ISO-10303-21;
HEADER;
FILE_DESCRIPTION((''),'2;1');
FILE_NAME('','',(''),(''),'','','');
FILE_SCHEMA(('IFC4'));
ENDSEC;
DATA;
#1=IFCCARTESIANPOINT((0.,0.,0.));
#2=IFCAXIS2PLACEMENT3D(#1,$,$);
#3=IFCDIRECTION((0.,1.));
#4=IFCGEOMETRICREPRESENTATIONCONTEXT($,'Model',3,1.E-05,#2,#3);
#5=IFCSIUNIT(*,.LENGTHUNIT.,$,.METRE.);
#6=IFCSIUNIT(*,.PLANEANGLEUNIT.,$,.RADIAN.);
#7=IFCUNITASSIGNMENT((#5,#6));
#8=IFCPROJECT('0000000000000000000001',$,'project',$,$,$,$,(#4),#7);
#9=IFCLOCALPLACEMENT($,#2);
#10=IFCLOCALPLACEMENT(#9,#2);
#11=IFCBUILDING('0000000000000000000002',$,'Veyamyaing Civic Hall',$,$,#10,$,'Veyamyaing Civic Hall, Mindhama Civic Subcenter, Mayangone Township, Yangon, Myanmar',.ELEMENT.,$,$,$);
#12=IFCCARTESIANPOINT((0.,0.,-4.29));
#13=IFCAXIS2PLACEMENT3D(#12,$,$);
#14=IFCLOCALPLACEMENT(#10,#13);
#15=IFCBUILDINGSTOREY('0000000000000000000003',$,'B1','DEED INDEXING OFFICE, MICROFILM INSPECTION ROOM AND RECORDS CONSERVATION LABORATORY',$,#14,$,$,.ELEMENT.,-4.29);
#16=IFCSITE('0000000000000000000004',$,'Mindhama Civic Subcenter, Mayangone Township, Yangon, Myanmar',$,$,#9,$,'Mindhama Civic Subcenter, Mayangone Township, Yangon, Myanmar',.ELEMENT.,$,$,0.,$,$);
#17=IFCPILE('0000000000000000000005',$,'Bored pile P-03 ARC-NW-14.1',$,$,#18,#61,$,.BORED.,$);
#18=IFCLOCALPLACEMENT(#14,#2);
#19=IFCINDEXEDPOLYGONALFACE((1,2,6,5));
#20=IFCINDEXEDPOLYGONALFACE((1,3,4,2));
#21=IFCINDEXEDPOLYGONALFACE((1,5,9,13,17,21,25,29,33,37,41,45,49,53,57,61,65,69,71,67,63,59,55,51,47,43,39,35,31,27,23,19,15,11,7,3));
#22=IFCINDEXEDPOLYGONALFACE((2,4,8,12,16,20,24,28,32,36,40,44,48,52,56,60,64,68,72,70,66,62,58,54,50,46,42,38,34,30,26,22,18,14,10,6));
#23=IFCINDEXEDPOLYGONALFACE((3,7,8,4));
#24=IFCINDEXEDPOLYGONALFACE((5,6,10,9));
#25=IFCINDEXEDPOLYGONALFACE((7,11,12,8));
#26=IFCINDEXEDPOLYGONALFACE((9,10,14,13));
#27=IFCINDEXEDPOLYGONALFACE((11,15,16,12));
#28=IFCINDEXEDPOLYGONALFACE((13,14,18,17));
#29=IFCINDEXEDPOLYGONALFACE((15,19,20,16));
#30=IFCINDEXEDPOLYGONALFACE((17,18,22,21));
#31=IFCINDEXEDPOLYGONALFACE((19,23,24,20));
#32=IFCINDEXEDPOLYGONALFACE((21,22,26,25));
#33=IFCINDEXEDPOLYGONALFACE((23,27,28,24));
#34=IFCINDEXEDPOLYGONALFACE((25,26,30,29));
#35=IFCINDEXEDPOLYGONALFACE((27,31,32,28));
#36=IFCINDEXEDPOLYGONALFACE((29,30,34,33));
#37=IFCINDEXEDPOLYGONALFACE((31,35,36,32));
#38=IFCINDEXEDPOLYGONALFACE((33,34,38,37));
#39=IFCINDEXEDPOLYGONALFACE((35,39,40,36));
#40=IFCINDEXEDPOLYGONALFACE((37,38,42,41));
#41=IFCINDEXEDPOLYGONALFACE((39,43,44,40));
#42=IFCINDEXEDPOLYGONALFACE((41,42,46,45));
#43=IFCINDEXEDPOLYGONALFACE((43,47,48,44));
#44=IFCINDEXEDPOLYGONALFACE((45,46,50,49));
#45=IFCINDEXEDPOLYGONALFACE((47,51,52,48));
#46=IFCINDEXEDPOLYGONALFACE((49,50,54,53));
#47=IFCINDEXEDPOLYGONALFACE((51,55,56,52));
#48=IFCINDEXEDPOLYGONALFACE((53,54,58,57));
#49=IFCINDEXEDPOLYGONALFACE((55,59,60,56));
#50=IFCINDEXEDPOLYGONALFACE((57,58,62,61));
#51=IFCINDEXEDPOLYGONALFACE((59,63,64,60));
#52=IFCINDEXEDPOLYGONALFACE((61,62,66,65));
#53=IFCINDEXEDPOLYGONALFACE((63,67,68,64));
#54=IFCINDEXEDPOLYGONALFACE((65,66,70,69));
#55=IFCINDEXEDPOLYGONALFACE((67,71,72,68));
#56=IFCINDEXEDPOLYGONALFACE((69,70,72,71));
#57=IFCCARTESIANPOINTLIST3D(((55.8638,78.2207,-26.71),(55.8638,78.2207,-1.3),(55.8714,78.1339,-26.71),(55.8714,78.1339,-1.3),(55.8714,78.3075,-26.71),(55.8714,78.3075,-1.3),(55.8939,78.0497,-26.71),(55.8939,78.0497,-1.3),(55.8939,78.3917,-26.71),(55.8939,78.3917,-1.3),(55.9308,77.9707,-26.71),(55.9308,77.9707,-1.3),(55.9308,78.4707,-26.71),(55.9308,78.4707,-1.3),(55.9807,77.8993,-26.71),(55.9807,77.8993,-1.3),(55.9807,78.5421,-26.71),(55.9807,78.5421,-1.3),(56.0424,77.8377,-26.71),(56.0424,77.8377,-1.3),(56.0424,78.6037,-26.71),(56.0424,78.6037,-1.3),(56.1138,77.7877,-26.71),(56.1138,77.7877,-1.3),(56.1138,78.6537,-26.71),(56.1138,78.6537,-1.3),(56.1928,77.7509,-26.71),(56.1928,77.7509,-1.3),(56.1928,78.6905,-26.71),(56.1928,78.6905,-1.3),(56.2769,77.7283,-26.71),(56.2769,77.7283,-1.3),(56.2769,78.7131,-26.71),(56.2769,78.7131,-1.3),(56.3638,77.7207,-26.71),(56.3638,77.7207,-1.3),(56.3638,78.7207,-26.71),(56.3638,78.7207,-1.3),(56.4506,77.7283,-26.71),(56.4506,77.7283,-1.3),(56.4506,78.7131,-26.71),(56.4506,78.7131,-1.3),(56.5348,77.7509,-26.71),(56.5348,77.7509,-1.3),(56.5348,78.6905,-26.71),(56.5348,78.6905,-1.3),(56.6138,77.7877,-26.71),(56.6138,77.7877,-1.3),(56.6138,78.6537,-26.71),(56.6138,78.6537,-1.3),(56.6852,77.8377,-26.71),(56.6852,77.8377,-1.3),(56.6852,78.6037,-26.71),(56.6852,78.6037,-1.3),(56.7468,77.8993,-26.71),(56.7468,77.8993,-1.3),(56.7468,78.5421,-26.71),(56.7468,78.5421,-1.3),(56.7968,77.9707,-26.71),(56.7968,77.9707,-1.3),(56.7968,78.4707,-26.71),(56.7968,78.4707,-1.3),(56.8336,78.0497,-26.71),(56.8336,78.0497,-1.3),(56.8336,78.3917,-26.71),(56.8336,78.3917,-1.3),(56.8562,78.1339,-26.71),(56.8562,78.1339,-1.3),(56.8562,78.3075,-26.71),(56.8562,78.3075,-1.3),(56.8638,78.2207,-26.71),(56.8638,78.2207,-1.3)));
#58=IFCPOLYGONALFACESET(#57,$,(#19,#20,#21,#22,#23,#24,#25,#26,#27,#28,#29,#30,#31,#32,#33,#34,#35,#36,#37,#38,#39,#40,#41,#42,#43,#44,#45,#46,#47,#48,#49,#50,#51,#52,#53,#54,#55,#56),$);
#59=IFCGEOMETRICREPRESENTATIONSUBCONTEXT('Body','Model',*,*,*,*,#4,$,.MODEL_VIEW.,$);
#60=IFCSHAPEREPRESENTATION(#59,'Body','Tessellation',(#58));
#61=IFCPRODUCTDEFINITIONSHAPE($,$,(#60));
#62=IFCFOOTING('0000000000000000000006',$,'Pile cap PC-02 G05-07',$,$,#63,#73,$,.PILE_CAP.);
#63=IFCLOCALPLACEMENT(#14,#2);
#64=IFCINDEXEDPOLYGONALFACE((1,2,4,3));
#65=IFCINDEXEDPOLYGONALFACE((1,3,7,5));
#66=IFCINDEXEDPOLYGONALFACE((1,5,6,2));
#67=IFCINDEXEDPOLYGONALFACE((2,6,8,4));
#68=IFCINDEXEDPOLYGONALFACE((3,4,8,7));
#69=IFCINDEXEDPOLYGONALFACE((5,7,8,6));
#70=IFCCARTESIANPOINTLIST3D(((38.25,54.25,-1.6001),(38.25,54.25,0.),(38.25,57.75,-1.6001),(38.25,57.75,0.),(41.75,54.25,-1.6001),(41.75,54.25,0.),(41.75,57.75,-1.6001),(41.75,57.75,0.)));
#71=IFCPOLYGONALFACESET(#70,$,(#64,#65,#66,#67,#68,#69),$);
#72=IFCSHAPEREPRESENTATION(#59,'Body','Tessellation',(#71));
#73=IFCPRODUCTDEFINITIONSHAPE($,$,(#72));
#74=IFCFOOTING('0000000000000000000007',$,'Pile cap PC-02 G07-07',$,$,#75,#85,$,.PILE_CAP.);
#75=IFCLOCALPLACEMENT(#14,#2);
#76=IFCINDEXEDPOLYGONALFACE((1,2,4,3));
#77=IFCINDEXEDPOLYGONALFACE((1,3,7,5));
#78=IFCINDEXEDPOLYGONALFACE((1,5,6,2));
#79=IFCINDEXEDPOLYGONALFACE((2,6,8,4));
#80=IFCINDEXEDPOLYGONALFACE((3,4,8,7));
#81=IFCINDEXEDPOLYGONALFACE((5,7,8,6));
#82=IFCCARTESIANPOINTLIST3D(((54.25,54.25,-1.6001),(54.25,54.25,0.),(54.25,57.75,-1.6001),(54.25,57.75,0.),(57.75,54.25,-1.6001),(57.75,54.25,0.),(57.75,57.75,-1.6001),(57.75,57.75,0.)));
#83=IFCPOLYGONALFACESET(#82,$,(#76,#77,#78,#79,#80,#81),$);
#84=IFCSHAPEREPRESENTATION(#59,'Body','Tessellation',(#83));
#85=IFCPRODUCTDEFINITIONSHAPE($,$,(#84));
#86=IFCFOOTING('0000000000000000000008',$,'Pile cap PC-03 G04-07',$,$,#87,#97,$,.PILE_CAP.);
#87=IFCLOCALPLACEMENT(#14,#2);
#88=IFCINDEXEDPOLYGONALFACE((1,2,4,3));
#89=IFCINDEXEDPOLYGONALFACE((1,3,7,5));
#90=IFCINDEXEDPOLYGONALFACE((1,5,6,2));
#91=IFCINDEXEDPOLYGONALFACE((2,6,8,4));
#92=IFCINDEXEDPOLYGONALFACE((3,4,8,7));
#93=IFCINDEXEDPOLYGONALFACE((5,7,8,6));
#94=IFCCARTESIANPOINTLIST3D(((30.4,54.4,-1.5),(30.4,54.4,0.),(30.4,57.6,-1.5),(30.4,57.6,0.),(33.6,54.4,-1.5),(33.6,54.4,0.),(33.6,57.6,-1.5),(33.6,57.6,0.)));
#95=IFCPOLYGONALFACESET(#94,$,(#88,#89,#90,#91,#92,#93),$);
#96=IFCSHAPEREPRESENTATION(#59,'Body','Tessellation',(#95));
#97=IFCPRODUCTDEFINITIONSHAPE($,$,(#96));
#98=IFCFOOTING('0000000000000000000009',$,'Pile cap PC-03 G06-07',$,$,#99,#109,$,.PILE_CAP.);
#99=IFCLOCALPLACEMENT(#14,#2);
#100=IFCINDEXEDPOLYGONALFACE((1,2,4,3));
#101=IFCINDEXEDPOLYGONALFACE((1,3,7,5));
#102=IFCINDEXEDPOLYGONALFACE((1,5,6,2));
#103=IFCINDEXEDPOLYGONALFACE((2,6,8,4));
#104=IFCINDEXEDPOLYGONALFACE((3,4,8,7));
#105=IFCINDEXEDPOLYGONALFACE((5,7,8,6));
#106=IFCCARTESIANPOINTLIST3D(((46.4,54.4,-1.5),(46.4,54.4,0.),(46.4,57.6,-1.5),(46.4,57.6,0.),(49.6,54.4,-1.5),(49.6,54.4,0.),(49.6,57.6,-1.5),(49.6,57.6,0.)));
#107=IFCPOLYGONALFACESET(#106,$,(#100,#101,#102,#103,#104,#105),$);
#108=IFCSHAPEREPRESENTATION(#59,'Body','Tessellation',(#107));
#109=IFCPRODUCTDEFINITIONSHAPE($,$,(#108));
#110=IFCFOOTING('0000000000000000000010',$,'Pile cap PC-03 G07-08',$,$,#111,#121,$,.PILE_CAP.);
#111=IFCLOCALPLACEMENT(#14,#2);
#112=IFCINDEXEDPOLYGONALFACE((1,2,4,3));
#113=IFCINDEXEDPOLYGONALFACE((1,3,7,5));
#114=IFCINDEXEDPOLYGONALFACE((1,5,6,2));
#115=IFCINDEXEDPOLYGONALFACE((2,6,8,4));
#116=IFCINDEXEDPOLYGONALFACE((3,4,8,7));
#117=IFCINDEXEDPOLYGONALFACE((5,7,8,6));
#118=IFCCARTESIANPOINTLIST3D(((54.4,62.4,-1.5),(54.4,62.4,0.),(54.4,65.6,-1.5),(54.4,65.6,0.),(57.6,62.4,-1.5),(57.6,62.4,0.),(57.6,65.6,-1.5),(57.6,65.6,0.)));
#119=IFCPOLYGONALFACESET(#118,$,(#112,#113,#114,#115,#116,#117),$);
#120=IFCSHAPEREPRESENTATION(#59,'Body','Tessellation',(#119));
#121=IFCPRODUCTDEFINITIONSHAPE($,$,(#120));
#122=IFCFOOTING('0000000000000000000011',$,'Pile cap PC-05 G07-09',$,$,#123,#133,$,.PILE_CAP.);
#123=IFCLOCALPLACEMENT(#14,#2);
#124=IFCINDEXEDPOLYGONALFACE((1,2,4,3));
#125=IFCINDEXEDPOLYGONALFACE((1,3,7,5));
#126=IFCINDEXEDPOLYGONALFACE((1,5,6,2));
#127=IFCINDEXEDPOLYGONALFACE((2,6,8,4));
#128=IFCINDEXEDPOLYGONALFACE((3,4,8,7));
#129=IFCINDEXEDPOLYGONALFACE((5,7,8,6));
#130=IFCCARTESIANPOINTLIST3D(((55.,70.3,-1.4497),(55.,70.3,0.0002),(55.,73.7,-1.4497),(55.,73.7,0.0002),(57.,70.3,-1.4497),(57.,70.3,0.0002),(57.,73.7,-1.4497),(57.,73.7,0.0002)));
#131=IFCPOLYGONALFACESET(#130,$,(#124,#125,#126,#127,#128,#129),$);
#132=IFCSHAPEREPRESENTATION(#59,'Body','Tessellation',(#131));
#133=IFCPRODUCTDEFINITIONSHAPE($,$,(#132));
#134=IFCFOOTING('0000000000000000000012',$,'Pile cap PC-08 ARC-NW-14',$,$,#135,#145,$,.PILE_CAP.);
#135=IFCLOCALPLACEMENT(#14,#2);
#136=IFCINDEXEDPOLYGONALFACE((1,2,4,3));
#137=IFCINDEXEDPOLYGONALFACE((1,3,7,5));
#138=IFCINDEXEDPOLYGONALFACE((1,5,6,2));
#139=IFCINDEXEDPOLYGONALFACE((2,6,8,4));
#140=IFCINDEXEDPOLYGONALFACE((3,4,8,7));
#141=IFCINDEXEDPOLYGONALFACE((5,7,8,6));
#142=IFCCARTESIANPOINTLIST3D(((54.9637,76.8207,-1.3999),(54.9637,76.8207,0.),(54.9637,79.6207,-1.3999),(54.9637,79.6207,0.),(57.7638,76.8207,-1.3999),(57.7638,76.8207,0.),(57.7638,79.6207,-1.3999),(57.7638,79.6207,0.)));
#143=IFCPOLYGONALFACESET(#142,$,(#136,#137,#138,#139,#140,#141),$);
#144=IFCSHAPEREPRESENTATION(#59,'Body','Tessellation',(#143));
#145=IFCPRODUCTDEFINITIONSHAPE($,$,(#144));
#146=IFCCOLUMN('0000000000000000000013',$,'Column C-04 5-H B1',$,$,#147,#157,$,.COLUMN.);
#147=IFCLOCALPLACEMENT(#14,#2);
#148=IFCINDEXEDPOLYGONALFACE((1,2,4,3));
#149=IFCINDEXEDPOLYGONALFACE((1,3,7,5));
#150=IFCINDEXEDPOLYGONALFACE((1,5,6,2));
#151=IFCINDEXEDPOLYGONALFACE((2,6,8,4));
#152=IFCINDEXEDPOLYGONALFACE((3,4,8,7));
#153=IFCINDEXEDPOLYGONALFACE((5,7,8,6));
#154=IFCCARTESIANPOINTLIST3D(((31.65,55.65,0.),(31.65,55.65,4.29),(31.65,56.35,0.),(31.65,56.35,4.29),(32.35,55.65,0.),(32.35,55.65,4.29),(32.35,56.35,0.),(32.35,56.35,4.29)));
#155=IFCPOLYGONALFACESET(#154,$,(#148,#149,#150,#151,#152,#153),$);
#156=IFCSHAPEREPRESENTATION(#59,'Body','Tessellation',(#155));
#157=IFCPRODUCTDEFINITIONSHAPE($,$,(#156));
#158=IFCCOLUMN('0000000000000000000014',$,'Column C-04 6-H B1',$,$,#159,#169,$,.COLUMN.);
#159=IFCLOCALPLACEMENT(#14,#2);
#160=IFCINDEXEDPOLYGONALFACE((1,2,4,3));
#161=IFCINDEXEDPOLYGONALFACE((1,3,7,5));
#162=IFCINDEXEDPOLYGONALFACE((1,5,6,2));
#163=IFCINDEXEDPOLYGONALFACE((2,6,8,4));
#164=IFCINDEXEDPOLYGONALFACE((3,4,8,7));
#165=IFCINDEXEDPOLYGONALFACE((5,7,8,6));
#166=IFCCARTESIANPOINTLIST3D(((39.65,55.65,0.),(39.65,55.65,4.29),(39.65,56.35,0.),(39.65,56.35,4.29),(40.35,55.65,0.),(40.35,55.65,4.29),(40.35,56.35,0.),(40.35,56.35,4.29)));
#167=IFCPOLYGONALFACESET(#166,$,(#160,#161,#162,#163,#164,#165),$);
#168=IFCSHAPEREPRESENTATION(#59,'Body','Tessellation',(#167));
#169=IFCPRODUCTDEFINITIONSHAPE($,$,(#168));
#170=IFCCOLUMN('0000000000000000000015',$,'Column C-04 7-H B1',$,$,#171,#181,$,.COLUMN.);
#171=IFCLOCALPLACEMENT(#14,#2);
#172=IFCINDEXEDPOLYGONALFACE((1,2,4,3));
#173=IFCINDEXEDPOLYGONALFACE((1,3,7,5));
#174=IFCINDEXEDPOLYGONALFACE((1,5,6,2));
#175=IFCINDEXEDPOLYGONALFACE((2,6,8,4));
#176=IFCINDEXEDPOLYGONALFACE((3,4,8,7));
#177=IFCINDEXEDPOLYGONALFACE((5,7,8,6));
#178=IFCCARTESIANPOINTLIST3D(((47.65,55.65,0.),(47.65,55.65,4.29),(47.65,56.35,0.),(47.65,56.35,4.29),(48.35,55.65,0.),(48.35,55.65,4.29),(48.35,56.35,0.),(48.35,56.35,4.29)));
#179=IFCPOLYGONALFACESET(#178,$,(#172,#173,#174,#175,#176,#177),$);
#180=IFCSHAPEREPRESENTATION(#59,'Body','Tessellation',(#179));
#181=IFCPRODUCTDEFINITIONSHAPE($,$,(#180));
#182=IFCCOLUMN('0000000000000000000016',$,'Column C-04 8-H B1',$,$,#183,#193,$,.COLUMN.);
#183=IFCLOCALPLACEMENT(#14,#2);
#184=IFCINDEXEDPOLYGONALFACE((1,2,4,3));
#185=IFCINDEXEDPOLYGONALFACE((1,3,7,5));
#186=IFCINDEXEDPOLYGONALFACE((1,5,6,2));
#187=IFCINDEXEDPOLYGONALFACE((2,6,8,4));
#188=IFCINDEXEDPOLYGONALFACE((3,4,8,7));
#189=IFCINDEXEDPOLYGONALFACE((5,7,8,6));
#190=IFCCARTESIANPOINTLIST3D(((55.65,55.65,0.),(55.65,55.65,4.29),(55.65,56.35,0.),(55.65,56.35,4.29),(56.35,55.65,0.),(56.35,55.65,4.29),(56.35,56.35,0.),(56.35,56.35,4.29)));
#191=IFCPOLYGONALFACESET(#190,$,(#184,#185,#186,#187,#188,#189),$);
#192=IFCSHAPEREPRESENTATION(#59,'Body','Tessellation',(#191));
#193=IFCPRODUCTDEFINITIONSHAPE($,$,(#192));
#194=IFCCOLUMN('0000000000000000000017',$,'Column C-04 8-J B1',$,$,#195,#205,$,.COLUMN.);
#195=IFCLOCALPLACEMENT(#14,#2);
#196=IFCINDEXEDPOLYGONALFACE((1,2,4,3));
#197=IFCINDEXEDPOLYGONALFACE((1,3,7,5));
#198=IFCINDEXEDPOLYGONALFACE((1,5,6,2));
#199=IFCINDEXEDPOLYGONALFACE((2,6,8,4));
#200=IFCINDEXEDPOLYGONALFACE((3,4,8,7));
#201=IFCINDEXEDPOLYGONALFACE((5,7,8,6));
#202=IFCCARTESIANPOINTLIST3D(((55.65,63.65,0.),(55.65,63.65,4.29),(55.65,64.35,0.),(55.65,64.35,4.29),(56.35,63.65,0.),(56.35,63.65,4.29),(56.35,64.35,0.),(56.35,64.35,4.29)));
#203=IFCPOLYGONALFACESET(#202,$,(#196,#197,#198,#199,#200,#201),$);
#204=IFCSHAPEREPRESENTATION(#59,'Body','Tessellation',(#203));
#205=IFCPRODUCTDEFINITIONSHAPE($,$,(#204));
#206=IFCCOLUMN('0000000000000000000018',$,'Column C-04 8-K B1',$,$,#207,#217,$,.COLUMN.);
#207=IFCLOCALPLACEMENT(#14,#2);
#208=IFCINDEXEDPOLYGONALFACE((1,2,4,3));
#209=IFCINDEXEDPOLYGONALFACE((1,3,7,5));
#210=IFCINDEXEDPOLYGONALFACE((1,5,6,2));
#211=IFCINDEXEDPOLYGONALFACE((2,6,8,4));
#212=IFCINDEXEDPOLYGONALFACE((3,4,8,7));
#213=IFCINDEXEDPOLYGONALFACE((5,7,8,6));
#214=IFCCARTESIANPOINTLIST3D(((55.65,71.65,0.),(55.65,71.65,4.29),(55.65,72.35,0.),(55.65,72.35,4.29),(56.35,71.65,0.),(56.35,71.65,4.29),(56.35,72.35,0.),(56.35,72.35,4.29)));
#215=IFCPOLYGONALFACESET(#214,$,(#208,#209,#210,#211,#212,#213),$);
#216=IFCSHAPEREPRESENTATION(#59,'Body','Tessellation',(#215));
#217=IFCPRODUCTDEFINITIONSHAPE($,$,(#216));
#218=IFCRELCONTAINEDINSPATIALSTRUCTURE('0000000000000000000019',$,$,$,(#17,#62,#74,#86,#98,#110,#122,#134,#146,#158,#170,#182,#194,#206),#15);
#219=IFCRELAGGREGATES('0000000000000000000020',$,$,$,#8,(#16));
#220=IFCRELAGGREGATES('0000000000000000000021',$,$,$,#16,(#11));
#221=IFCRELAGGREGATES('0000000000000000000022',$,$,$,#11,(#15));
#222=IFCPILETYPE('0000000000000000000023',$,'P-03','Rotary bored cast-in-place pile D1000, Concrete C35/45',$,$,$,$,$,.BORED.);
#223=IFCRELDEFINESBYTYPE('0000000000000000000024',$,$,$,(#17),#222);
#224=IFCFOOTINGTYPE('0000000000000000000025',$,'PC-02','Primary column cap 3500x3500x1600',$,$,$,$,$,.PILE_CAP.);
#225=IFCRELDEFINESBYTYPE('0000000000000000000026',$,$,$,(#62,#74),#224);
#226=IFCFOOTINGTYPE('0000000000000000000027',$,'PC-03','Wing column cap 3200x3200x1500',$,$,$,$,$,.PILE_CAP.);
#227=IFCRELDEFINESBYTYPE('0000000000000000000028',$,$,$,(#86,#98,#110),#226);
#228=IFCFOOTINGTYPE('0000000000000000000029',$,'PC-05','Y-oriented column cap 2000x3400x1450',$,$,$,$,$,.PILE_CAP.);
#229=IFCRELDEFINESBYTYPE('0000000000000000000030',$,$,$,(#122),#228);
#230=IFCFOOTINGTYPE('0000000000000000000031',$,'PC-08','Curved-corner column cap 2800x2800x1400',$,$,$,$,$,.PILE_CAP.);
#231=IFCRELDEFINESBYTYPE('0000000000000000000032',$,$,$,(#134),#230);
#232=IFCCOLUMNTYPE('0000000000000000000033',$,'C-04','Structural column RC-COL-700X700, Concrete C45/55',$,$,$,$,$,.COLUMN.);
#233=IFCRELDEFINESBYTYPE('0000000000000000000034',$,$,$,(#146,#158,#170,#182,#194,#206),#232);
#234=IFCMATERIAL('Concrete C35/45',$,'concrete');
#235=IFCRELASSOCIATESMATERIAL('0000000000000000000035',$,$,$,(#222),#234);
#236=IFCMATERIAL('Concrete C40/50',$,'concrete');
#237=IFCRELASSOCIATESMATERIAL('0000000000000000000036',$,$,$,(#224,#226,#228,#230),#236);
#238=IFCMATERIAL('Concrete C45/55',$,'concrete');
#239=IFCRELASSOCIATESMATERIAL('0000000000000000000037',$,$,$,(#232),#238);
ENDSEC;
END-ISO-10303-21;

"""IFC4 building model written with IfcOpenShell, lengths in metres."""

from ifc_helpers import new_model, si_unit, direction, frame, origin, origin_2d, place, context, subcontext, project, spatial, rectangle, circle, extrude, material, material_profile, profile_set, type_object, element, save


model = new_model("IFC4")

# Units and contexts
model_context = context("Model", 3, precision=1e-05, world=origin(), true_north=direction((0.0, 1.0)))
body_context = subcontext(model_context, "Body", "Model", "MODEL_VIEW")
ifc_project = project(units=[si_unit("LENGTHUNIT", "METRE"), si_unit("PLANEANGLEUNIT", "RADIAN")], contexts=[model_context])

# Site, building, storey
site_placement = place(None, origin())
site = spatial("IfcSite", under=ifc_project, at=site_placement, Name="Mindhama Civic Subcenter, Mayangone Township, Yangon, Myanmar", LongName="Mindhama Civic Subcenter, Mayangone Township, Yangon, Myanmar", CompositionType="ELEMENT", RefElevation=0.0)
building_placement = place(site_placement, origin())
building = spatial("IfcBuilding", under=site, at=building_placement, Name="Veyamyaing Civic Hall", LongName="Veyamyaing Civic Hall, Mindhama Civic Subcenter, Mayangone Township, Yangon, Myanmar", CompositionType="ELEMENT")
storey_placement = place(building_placement, frame((0.0, 0.0, -4.29)))
storey = spatial("IfcBuildingStorey", under=building, at=storey_placement, Name="B1", Description="DEED INDEXING OFFICE, MICROFILM INSPECTION ROOM AND RECORDS CONSERVATION LABORATORY", CompositionType="ELEMENT", Elevation=-4.29)

# Shared definitions
ifc_material_1 = material(Name="Concrete C40/50", Category="concrete")

# Pile
ifc_material_2 = material(Name="Concrete C35/45", Category="concrete")
ifc_material_profile_1 = material_profile(ifc_material_2, circle(Radius=0.5, at=origin_2d()), Name="PILE-D1000")
ifc_profile_set_1 = profile_set([ifc_material_profile_1], Name="Concrete C35/45")
pile_type_1 = type_object("IfcPileType", Name="P-03", Description="Rotary bored cast-in-place pile D1000, Concrete C35/45", PredefinedType="BORED", material=ifc_profile_set_1)
pile_1_placement = place(storey_placement, frame((56.3638, 78.2207, -1.3), z_axis=(0.0, 0.0, -1.0), x_axis=(1.0, 0.0, 0.0)))
element("IfcPile", 1, at=pile_1_placement, inside=storey, type_object=pile_type_1, Name="Bored pile P-03 ARC-NW-14.1", PredefinedType="BORED", context=body_context, shape_type="SweptSolid", body=[
    extrude(circle(Radius=0.5, at=origin_2d()), origin(), (0.0, 0.0, 1.0), 25.4099),
])

# Footings
footing_type_1 = type_object("IfcFootingType", Name="PC-02", Description="Primary column cap 3500x3500x1600", PredefinedType="PILE_CAP", material=ifc_material_1)
for number, where, z_axis, x_axis, name in (
    (2, (40.0, 56.0, -1.6001), (0.0, 0.0, 1.0), (1.0, 0.0, 0.0), "Pile cap PC-02 G05-07"),
    (3, (56.0, 56.0, -1.6001), (0.0, 0.0, 1.0), (1.0, 0.0, 0.0), "Pile cap PC-02 G07-07"),
):
    element("IfcFooting", number, at=place(storey_placement, frame(where, z_axis=z_axis, x_axis=x_axis)), inside=storey, type_object=footing_type_1, Name=name, PredefinedType="PILE_CAP", context=body_context, shape_type="SweptSolid", body=[
        extrude(rectangle(XDim=3.5, YDim=3.5, at=origin_2d()), origin(), (0.0, 0.0, 1.0), 1.6001),
    ])
footing_type_2 = type_object("IfcFootingType", Name="PC-03", Description="Wing column cap 3200x3200x1500", PredefinedType="PILE_CAP", material=ifc_material_1)
for number, where, z_axis, x_axis, name in (
    (4, (32.0, 56.0, -1.5), (0.0, 0.0, 1.0), (1.0, 0.0, 0.0), "Pile cap PC-03 G04-07"),
    (5, (48.0, 56.0, -1.5), (0.0, 0.0, 1.0), (1.0, 0.0, 0.0), "Pile cap PC-03 G06-07"),
    (6, (56.0, 64.0, -1.5), (0.0, 0.0, 1.0), (1.0, 0.0, 0.0), "Pile cap PC-03 G07-08"),
):
    element("IfcFooting", number, at=place(storey_placement, frame(where, z_axis=z_axis, x_axis=x_axis)), inside=storey, type_object=footing_type_2, Name=name, PredefinedType="PILE_CAP", context=body_context, shape_type="SweptSolid", body=[
        extrude(rectangle(XDim=3.2, YDim=3.2, at=origin_2d()), origin(), (0.0, 0.0, 1.0), 1.5),
    ])
footing_type_3 = type_object("IfcFootingType", Name="PC-05", Description="Y-oriented column cap 2000x3400x1450", PredefinedType="PILE_CAP", material=ifc_material_1)
footing_1_placement = place(storey_placement, frame((56.0, 72.0, -1.4497), z_axis=(0.0, 0.0, 1.0), x_axis=(1.0, 0.0, 0.0)))
element("IfcFooting", 7, at=footing_1_placement, inside=storey, type_object=footing_type_3, Name="Pile cap PC-05 G07-09", PredefinedType="PILE_CAP", context=body_context, shape_type="SweptSolid", body=[
    extrude(rectangle(XDim=2.0, YDim=3.3999, at=origin_2d()), origin(), (0.0, 0.0, 1.0), 1.45),
])
footing_type_4 = type_object("IfcFootingType", Name="PC-08", Description="Curved-corner column cap 2800x2800x1400", PredefinedType="PILE_CAP", material=ifc_material_1)
footing_2_placement = place(storey_placement, frame((56.3638, 78.2207, -1.3999), z_axis=(0.0, 0.0, 1.0), x_axis=(1.0, 0.0, 0.0)))
element("IfcFooting", 8, at=footing_2_placement, inside=storey, type_object=footing_type_4, Name="Pile cap PC-08 ARC-NW-14", PredefinedType="PILE_CAP", context=body_context, shape_type="SweptSolid", body=[
    extrude(rectangle(XDim=2.8, YDim=2.8, at=origin_2d()), origin(), (0.0, 0.0, 1.0), 1.3999),
])

# Columns
ifc_material_3 = material(Name="Concrete C45/55", Category="concrete")
ifc_material_profile_2 = material_profile(ifc_material_3, rectangle(XDim=0.7, YDim=0.7, at=origin_2d()), Name="RC-COL-700X700")
ifc_profile_set_2 = profile_set([ifc_material_profile_2], Name="Concrete C45/55")
column_type = type_object("IfcColumnType", Name="C-04", Description="Structural column RC-COL-700X700, Concrete C45/55", PredefinedType="COLUMN", material=ifc_profile_set_2)
for number, where, z_axis, x_axis, name in (
    (9, (32.0, 56.0, 0.0), (0.0, 0.0, 1.0), (1.0, 0.0, 0.0), "Column C-04 5-H B1"),
    (10, (40.0, 56.0, 0.0), (0.0, 0.0, 1.0), (1.0, 0.0, 0.0), "Column C-04 6-H B1"),
    (11, (48.0, 56.0, 0.0), (0.0, 0.0, 1.0), (1.0, 0.0, 0.0), "Column C-04 7-H B1"),
    (12, (56.0, 56.0, 0.0), (0.0, 0.0, 1.0), (1.0, 0.0, 0.0), "Column C-04 8-H B1"),
    (13, (56.0, 64.0, 0.0), (0.0, 0.0, 1.0), (1.0, 0.0, 0.0), "Column C-04 8-J B1"),
    (14, (56.0, 72.0, 0.0), (0.0, 0.0, 1.0), (1.0, 0.0, 0.0), "Column C-04 8-K B1"),
):
    element("IfcColumn", number, at=place(storey_placement, frame(where, z_axis=z_axis, x_axis=x_axis)), inside=storey, type_object=column_type, Name=name, PredefinedType="COLUMN", context=body_context, shape_type="SweptSolid", body=[
        extrude(rectangle(XDim=0.7, YDim=0.7, at=origin_2d()), origin(), (0.0, 0.0, 1.0), 4.29),
    ])

save(model, "model.ifc")
